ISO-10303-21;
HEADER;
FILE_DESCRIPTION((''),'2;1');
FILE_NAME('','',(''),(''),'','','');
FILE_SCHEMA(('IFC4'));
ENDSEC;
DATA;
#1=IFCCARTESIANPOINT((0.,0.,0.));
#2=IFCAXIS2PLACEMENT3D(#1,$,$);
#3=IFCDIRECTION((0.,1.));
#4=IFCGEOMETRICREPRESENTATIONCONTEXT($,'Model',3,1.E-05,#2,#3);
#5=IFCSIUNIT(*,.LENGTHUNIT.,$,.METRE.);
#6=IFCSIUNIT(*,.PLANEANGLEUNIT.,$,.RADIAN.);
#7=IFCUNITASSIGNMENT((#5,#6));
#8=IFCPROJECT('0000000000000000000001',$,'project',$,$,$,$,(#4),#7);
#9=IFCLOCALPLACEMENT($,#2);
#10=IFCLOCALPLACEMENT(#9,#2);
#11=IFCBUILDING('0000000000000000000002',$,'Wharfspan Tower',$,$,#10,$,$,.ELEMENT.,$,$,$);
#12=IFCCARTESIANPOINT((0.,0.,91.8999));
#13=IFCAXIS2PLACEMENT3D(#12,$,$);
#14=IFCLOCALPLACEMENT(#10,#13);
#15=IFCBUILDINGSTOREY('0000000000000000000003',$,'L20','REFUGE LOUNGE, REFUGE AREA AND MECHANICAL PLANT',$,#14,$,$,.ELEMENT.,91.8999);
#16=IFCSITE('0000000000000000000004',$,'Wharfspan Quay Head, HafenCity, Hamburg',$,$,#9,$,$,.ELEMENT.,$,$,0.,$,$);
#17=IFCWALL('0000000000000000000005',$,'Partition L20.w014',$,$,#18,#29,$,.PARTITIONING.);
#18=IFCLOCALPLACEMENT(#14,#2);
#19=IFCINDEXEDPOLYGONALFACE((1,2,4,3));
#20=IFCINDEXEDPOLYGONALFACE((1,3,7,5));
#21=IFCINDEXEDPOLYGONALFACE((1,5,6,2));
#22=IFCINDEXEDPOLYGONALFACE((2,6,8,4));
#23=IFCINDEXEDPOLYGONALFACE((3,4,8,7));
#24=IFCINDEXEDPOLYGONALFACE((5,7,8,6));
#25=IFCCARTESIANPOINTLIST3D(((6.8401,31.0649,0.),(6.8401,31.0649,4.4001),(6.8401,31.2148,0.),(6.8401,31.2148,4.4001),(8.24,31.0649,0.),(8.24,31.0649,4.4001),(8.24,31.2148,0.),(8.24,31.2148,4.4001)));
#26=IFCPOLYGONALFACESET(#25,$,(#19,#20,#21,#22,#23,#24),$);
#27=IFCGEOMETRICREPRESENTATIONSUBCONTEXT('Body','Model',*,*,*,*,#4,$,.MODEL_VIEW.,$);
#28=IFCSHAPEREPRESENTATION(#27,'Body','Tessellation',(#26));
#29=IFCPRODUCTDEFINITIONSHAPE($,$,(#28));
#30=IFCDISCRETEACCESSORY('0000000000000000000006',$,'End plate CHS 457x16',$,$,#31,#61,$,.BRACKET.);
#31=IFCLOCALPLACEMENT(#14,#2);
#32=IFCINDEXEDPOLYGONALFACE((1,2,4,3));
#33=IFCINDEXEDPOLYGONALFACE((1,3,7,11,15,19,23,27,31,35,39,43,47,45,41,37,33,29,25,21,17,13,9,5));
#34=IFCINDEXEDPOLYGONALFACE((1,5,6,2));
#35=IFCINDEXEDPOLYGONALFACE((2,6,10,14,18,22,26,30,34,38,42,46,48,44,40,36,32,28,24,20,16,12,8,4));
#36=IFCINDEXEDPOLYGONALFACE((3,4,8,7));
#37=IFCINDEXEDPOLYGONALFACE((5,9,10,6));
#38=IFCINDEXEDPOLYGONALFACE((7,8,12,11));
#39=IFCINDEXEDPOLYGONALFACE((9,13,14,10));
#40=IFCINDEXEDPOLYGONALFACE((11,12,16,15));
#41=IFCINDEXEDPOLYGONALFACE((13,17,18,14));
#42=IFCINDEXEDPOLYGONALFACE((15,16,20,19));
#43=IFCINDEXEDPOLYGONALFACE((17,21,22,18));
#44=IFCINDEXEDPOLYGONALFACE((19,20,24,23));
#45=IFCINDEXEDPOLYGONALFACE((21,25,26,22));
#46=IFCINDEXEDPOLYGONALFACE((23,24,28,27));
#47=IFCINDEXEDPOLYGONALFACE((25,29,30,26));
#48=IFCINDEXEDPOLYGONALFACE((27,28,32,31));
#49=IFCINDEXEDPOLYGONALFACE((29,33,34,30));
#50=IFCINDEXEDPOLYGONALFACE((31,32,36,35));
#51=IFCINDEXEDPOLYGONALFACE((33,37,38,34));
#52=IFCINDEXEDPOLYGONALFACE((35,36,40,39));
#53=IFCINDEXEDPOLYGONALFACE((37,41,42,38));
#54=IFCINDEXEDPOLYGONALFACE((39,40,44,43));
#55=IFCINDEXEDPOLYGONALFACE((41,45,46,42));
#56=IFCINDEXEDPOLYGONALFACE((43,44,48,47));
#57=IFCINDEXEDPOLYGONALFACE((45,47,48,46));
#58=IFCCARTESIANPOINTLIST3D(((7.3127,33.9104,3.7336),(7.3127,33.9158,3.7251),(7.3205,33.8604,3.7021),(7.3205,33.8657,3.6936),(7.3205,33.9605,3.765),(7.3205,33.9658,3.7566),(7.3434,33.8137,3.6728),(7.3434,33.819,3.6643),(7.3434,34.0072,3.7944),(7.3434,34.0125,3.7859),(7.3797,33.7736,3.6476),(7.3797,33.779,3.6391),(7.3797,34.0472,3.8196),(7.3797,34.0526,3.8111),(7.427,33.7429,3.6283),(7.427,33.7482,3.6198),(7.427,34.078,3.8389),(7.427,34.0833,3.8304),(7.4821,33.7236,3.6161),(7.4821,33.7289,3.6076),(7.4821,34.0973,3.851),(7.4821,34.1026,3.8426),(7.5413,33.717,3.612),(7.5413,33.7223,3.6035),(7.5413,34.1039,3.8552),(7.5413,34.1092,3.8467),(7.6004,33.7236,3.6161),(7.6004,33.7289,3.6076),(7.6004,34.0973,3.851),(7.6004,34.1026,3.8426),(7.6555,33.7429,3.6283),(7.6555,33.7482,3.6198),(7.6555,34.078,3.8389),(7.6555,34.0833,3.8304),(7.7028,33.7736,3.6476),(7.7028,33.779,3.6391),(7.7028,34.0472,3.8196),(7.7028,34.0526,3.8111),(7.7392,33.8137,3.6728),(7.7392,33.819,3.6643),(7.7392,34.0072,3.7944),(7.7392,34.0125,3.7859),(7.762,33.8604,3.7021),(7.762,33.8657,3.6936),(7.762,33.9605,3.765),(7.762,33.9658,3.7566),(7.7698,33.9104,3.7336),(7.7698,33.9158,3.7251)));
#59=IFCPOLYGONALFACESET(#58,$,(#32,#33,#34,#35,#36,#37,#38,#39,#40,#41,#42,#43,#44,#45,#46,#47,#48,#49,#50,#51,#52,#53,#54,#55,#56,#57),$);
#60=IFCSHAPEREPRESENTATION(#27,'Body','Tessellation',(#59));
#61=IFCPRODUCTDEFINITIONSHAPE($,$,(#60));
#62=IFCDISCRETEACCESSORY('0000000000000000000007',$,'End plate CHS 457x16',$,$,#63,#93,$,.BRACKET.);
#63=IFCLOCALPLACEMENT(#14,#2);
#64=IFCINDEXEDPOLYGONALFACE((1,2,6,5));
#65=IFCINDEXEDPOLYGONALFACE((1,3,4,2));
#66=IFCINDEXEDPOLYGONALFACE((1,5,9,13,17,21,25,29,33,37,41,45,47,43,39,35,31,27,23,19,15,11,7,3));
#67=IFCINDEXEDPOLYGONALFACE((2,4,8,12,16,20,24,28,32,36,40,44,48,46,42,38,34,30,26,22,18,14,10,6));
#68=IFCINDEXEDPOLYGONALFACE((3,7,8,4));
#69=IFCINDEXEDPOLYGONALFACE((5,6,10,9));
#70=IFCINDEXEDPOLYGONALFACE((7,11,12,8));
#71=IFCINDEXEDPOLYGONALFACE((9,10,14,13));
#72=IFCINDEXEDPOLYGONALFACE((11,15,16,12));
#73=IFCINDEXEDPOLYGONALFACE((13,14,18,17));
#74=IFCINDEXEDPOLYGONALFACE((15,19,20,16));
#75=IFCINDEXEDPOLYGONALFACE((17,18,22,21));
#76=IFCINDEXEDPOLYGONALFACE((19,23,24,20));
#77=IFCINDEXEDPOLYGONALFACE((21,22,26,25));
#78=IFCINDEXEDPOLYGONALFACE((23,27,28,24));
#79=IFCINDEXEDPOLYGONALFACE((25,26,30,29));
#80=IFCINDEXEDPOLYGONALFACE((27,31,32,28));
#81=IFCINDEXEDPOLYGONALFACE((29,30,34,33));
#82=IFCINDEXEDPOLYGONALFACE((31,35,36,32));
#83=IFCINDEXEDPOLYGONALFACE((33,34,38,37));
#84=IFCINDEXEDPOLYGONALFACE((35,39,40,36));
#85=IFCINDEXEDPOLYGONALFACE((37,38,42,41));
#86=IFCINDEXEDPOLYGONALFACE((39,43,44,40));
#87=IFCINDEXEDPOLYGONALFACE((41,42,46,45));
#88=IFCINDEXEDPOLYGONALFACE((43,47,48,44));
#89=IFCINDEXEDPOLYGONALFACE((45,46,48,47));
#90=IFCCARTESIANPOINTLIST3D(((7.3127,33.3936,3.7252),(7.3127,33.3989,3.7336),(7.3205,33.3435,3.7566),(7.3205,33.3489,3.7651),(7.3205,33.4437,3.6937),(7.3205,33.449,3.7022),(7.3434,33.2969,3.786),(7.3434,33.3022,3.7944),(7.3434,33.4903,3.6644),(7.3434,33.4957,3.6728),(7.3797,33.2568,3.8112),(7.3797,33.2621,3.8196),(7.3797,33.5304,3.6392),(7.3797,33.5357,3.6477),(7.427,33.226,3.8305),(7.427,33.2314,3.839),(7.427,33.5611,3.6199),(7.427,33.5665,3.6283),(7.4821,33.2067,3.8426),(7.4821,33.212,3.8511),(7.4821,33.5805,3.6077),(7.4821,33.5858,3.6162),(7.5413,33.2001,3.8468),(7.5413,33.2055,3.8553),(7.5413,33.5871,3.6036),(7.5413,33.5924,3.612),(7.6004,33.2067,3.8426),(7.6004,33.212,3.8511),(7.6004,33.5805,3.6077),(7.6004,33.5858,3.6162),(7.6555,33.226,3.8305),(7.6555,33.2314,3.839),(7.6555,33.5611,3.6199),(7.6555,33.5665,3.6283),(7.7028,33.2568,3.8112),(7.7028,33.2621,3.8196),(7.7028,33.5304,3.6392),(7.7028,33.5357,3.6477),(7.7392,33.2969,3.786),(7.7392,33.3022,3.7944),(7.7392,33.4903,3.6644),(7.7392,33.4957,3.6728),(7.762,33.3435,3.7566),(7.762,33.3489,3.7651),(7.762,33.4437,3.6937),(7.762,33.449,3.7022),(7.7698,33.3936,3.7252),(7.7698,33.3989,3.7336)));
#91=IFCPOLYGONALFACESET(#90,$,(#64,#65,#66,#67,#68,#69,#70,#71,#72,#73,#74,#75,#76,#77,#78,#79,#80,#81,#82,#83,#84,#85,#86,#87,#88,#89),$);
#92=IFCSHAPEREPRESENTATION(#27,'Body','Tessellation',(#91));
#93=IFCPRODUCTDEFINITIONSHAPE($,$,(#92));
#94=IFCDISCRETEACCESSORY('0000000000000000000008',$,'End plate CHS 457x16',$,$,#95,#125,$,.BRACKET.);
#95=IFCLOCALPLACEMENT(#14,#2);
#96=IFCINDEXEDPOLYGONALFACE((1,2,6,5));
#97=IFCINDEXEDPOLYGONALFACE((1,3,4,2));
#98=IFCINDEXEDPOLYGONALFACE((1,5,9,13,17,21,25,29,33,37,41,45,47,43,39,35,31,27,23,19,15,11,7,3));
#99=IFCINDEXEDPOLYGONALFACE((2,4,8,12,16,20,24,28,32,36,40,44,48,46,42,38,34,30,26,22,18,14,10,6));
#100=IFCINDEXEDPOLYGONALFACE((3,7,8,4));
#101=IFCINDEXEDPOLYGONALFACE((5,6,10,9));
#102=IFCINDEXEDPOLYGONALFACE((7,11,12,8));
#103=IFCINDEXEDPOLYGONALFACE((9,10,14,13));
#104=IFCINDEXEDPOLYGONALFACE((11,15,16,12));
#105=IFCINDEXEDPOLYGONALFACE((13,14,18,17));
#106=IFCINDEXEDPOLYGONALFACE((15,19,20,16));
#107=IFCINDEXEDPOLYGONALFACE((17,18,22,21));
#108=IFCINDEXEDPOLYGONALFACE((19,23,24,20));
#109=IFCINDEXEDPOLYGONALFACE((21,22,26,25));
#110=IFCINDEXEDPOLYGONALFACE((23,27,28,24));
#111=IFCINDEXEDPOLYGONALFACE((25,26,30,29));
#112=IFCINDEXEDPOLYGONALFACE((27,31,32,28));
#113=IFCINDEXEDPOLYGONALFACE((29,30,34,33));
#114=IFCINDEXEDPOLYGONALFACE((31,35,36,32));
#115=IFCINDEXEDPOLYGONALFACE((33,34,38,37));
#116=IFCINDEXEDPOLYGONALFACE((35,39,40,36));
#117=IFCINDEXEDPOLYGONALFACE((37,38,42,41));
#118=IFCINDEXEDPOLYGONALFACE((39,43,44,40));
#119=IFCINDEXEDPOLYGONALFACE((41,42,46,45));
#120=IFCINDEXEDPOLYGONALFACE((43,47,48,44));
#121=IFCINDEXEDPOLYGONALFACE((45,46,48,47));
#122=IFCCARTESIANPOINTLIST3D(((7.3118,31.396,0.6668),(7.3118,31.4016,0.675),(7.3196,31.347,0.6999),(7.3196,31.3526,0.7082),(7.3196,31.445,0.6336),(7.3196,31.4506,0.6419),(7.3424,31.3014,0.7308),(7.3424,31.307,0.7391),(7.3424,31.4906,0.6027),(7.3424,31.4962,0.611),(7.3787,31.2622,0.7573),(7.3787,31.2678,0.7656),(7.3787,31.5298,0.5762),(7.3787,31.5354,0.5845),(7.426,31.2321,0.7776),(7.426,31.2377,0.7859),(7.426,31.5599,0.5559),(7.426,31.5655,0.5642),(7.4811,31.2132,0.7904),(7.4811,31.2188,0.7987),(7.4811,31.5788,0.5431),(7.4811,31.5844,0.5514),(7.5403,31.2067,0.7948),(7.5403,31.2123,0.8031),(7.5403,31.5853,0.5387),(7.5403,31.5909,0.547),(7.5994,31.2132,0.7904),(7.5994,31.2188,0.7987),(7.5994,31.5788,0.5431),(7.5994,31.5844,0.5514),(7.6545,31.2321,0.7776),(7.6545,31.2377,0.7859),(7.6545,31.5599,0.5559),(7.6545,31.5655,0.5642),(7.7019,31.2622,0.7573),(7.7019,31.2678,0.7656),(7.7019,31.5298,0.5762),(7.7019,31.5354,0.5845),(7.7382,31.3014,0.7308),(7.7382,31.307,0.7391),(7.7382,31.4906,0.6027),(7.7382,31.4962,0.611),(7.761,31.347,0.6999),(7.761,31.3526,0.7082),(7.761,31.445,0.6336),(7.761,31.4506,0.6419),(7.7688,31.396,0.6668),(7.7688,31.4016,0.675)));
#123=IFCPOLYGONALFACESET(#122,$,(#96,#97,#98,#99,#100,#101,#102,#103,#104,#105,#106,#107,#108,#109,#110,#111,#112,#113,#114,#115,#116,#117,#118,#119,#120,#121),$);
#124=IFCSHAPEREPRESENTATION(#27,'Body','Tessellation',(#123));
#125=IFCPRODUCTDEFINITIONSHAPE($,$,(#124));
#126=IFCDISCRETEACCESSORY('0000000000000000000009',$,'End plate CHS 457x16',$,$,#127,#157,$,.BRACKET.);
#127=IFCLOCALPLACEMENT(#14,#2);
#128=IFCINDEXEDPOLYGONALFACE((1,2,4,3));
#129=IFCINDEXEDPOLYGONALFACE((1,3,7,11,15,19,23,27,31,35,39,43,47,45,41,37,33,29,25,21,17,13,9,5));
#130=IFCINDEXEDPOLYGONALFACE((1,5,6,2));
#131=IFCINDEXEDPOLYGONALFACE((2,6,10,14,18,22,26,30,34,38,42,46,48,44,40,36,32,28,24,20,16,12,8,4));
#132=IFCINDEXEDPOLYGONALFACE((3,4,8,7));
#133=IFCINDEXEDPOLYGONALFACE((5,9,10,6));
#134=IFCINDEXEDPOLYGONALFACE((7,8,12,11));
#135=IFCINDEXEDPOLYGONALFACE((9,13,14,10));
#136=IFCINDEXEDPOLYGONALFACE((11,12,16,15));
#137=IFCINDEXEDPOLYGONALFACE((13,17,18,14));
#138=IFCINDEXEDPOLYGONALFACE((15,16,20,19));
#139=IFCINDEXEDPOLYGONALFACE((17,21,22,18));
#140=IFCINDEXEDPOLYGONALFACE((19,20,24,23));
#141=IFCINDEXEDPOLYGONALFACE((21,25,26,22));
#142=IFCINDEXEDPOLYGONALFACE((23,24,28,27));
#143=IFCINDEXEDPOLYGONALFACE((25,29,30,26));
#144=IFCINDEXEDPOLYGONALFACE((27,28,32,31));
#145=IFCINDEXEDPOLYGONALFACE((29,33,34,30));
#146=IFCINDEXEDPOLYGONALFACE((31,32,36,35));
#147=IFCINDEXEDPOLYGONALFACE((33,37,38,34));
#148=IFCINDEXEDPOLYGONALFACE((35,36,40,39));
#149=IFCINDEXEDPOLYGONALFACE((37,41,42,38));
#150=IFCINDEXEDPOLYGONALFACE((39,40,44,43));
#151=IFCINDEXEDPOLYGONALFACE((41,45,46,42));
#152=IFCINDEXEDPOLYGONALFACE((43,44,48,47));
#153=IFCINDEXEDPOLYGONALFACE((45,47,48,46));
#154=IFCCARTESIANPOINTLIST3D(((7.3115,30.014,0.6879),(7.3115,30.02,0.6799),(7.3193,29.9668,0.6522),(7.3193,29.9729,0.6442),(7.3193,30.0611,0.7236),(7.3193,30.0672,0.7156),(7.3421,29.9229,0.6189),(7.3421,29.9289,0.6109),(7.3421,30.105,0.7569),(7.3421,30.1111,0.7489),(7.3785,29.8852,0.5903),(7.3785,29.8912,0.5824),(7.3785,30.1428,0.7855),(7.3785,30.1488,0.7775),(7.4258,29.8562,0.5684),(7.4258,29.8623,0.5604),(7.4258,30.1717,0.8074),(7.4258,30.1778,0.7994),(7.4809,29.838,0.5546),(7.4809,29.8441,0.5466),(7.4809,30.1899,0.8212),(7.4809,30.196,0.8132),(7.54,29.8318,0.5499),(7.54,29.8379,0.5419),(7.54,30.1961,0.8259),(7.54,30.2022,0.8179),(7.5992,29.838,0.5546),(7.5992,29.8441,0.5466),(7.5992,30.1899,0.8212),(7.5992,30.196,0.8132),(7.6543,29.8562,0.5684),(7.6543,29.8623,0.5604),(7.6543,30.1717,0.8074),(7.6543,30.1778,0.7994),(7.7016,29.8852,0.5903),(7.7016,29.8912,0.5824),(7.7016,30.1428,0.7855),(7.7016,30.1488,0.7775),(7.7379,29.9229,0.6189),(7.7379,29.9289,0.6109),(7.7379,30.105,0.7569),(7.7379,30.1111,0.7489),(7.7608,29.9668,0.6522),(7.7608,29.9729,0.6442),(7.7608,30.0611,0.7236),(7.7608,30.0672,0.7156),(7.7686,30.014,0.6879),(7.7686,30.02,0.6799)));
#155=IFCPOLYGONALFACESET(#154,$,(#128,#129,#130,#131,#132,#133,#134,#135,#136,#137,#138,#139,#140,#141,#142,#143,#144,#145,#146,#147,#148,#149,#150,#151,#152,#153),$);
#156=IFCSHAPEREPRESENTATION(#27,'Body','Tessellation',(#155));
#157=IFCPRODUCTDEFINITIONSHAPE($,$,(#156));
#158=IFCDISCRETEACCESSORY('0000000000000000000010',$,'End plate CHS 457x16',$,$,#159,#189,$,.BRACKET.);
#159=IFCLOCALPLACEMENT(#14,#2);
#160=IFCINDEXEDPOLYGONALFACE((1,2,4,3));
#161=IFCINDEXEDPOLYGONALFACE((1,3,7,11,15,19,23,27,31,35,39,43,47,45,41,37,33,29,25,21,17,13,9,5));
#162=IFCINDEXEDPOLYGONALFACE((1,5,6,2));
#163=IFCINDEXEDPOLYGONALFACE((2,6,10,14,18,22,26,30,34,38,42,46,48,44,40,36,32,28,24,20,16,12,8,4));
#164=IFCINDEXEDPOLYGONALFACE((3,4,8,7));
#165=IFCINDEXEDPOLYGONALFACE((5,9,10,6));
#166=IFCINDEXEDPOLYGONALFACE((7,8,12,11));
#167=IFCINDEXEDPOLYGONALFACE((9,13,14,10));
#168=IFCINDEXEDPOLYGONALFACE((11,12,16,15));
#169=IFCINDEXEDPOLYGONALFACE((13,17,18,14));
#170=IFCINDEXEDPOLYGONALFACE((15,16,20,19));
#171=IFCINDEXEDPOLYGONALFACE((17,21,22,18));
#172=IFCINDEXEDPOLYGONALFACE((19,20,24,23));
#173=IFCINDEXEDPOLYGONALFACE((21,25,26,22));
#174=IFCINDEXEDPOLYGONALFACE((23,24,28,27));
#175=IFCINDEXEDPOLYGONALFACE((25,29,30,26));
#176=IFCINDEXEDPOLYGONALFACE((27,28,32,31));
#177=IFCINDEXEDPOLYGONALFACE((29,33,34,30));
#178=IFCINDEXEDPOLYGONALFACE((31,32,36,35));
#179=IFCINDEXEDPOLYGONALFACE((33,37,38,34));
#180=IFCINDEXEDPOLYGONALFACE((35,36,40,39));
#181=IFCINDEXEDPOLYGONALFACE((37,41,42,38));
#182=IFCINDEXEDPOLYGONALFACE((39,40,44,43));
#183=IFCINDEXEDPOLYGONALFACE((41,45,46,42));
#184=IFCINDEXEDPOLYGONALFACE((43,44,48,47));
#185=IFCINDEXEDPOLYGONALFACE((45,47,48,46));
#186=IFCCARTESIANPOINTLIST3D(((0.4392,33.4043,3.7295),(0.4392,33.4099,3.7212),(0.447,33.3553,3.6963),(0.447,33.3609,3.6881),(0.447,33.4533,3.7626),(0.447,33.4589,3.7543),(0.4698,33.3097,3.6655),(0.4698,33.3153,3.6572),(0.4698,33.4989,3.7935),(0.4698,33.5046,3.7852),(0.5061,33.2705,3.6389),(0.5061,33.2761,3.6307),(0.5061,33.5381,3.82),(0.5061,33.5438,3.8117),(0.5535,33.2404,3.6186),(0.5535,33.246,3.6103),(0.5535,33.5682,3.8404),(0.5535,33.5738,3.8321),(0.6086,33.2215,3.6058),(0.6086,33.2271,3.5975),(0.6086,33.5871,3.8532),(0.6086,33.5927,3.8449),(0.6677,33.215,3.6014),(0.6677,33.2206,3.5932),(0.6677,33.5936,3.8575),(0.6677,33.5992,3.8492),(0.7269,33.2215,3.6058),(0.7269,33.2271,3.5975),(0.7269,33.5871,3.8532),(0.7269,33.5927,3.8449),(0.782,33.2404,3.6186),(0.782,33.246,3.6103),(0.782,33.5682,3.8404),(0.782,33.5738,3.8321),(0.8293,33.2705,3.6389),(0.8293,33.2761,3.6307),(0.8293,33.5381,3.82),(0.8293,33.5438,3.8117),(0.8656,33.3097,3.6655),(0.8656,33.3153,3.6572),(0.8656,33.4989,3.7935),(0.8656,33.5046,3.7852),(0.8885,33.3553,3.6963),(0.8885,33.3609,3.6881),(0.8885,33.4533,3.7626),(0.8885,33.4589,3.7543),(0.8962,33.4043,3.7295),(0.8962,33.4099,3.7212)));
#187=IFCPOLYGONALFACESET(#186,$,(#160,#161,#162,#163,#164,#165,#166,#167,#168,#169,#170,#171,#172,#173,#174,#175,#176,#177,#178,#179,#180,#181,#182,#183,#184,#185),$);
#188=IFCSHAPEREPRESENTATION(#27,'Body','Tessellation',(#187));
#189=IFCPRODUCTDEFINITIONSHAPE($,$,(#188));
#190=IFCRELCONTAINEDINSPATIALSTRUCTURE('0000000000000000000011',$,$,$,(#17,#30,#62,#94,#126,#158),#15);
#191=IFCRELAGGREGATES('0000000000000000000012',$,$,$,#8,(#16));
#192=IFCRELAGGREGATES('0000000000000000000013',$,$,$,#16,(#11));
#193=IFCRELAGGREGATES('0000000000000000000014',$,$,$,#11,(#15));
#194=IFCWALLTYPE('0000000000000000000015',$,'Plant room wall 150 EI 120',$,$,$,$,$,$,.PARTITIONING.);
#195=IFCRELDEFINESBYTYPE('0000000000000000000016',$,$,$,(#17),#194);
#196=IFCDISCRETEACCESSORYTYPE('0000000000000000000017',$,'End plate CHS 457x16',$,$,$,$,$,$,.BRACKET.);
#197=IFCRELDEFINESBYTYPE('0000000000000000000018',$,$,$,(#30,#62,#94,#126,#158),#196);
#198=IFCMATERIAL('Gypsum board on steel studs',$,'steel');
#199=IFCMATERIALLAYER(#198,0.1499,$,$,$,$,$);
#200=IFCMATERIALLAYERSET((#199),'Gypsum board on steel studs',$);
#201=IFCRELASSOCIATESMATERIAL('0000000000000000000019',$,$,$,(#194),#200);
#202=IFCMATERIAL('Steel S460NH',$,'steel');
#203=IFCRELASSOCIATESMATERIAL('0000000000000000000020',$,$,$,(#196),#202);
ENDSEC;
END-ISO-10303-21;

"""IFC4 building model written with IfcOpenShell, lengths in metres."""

from ifc_helpers import new_model, si_unit, direction, frame, frame_2d, origin, origin_2d, place, context, subcontext, project, spatial, rectangle, circle, extrude, material, layer, layer_set, material_profile, profile_set, type_object, element, save


model = new_model("IFC4")

# Units and contexts
model_context = context("Model", 3, precision=1e-05, world=origin(), true_north=direction((0.0, 1.0)))
body_context = subcontext(model_context, "Body", "Model", "MODEL_VIEW")
ifc_project = project(units=[si_unit("LENGTHUNIT", "METRE"), si_unit("PLANEANGLEUNIT", "RADIAN")], contexts=[model_context])

# Site, building, storey
site_placement = place(None, origin())
site = spatial("IfcSite", under=ifc_project, at=site_placement, Name="Wharfspan Quay Head, HafenCity, Hamburg", CompositionType="ELEMENT", RefElevation=0.0)
building_placement = place(site_placement, origin())
building = spatial("IfcBuilding", under=site, at=building_placement, Name="Wharfspan Tower", CompositionType="ELEMENT")
storey_placement = place(building_placement, frame((0.0, 0.0, 91.8999)))
storey = spatial("IfcBuildingStorey", under=building, at=storey_placement, Name="L20", Description="REFUGE LOUNGE, REFUGE AREA AND MECHANICAL PLANT", CompositionType="ELEMENT", Elevation=91.8999)

# Shared definitions
ifc_material_1 = material(Name="Steel S460NH", Category="steel")

# Wall
ifc_material_2 = material(Name="Gypsum board on steel studs", Category="steel")
ifc_layer = layer(ifc_material_2, 0.1499)
ifc_layer_set = layer_set([ifc_layer], Name="Gypsum board on steel studs")
wall_type = type_object("IfcWallType", Name="Plant room wall 150 EI 120", PredefinedType="PARTITIONING", material=ifc_layer_set)
wall_1_placement = place(storey_placement, frame((6.8401, 31.1399, 0.0), z_axis=(0.0, 0.0, 1.0), x_axis=(1.0, 0.0, 0.0)))
element("IfcWall", 1, at=wall_1_placement, inside=storey, type_object=wall_type, Name="Partition L20.w014", PredefinedType="PARTITIONING", context=body_context, shape_type="SweptSolid", body=[
    extrude(rectangle(XDim=1.3999, YDim=0.1499, at=frame_2d((0.7, 0.0))), origin(), (0.0, 0.0, 1.0), 4.4001),
])

# Discrete accessories
ifc_material_profile_1 = material_profile(ifc_material_1, circle(Radius=0.2285, at=origin_2d()))
ifc_profile_set_1 = profile_set([ifc_material_profile_1], Name="Steel S460NH")
discrete_accessory_type_1 = type_object("IfcDiscreteAccessoryType", Name="End plate CHS 457x16", PredefinedType="BRACKET", material=ifc_profile_set_1)
for number, where, z_axis, x_axis, name in (
    (2, (7.5413, 33.9158, 3.7251), (0.0, -0.532172, 0.846637), (1.0, 0.0, 0.0), "End plate CHS 457x16"),
    (3, (7.5413, 33.3989, 3.7336), (0.0, -0.532172, -0.846637), (1.0, 0.0, 0.0), "End plate CHS 457x16"),
    (4, (7.5403, 31.4016, 0.675), (0.0, -0.560309, -0.828283), (1.0, 0.0, 0.0), "End plate CHS 457x16"),
    (5, (7.54, 30.02, 0.6799), (0.0, -0.603858, 0.797092), (1.0, 0.0, 0.0), "End plate CHS 457x16"),
    (6, (0.6677, 33.4099, 3.7212), (0.0, -0.560309, 0.828283), (1.0, 0.0, 0.0), "End plate CHS 457x16"),
):
    element("IfcDiscreteAccessory", number, at=place(storey_placement, frame(where, z_axis=z_axis, x_axis=x_axis)), inside=storey, type_object=discrete_accessory_type_1, Name=name, PredefinedType="BRACKET", context=body_context, shape_type="SweptSolid", body=[
        extrude(circle(Radius=0.2285, at=origin_2d()), origin(), (0.0, 0.0, 1.0), 0.01),
    ])

save(model, "model.ifc")
